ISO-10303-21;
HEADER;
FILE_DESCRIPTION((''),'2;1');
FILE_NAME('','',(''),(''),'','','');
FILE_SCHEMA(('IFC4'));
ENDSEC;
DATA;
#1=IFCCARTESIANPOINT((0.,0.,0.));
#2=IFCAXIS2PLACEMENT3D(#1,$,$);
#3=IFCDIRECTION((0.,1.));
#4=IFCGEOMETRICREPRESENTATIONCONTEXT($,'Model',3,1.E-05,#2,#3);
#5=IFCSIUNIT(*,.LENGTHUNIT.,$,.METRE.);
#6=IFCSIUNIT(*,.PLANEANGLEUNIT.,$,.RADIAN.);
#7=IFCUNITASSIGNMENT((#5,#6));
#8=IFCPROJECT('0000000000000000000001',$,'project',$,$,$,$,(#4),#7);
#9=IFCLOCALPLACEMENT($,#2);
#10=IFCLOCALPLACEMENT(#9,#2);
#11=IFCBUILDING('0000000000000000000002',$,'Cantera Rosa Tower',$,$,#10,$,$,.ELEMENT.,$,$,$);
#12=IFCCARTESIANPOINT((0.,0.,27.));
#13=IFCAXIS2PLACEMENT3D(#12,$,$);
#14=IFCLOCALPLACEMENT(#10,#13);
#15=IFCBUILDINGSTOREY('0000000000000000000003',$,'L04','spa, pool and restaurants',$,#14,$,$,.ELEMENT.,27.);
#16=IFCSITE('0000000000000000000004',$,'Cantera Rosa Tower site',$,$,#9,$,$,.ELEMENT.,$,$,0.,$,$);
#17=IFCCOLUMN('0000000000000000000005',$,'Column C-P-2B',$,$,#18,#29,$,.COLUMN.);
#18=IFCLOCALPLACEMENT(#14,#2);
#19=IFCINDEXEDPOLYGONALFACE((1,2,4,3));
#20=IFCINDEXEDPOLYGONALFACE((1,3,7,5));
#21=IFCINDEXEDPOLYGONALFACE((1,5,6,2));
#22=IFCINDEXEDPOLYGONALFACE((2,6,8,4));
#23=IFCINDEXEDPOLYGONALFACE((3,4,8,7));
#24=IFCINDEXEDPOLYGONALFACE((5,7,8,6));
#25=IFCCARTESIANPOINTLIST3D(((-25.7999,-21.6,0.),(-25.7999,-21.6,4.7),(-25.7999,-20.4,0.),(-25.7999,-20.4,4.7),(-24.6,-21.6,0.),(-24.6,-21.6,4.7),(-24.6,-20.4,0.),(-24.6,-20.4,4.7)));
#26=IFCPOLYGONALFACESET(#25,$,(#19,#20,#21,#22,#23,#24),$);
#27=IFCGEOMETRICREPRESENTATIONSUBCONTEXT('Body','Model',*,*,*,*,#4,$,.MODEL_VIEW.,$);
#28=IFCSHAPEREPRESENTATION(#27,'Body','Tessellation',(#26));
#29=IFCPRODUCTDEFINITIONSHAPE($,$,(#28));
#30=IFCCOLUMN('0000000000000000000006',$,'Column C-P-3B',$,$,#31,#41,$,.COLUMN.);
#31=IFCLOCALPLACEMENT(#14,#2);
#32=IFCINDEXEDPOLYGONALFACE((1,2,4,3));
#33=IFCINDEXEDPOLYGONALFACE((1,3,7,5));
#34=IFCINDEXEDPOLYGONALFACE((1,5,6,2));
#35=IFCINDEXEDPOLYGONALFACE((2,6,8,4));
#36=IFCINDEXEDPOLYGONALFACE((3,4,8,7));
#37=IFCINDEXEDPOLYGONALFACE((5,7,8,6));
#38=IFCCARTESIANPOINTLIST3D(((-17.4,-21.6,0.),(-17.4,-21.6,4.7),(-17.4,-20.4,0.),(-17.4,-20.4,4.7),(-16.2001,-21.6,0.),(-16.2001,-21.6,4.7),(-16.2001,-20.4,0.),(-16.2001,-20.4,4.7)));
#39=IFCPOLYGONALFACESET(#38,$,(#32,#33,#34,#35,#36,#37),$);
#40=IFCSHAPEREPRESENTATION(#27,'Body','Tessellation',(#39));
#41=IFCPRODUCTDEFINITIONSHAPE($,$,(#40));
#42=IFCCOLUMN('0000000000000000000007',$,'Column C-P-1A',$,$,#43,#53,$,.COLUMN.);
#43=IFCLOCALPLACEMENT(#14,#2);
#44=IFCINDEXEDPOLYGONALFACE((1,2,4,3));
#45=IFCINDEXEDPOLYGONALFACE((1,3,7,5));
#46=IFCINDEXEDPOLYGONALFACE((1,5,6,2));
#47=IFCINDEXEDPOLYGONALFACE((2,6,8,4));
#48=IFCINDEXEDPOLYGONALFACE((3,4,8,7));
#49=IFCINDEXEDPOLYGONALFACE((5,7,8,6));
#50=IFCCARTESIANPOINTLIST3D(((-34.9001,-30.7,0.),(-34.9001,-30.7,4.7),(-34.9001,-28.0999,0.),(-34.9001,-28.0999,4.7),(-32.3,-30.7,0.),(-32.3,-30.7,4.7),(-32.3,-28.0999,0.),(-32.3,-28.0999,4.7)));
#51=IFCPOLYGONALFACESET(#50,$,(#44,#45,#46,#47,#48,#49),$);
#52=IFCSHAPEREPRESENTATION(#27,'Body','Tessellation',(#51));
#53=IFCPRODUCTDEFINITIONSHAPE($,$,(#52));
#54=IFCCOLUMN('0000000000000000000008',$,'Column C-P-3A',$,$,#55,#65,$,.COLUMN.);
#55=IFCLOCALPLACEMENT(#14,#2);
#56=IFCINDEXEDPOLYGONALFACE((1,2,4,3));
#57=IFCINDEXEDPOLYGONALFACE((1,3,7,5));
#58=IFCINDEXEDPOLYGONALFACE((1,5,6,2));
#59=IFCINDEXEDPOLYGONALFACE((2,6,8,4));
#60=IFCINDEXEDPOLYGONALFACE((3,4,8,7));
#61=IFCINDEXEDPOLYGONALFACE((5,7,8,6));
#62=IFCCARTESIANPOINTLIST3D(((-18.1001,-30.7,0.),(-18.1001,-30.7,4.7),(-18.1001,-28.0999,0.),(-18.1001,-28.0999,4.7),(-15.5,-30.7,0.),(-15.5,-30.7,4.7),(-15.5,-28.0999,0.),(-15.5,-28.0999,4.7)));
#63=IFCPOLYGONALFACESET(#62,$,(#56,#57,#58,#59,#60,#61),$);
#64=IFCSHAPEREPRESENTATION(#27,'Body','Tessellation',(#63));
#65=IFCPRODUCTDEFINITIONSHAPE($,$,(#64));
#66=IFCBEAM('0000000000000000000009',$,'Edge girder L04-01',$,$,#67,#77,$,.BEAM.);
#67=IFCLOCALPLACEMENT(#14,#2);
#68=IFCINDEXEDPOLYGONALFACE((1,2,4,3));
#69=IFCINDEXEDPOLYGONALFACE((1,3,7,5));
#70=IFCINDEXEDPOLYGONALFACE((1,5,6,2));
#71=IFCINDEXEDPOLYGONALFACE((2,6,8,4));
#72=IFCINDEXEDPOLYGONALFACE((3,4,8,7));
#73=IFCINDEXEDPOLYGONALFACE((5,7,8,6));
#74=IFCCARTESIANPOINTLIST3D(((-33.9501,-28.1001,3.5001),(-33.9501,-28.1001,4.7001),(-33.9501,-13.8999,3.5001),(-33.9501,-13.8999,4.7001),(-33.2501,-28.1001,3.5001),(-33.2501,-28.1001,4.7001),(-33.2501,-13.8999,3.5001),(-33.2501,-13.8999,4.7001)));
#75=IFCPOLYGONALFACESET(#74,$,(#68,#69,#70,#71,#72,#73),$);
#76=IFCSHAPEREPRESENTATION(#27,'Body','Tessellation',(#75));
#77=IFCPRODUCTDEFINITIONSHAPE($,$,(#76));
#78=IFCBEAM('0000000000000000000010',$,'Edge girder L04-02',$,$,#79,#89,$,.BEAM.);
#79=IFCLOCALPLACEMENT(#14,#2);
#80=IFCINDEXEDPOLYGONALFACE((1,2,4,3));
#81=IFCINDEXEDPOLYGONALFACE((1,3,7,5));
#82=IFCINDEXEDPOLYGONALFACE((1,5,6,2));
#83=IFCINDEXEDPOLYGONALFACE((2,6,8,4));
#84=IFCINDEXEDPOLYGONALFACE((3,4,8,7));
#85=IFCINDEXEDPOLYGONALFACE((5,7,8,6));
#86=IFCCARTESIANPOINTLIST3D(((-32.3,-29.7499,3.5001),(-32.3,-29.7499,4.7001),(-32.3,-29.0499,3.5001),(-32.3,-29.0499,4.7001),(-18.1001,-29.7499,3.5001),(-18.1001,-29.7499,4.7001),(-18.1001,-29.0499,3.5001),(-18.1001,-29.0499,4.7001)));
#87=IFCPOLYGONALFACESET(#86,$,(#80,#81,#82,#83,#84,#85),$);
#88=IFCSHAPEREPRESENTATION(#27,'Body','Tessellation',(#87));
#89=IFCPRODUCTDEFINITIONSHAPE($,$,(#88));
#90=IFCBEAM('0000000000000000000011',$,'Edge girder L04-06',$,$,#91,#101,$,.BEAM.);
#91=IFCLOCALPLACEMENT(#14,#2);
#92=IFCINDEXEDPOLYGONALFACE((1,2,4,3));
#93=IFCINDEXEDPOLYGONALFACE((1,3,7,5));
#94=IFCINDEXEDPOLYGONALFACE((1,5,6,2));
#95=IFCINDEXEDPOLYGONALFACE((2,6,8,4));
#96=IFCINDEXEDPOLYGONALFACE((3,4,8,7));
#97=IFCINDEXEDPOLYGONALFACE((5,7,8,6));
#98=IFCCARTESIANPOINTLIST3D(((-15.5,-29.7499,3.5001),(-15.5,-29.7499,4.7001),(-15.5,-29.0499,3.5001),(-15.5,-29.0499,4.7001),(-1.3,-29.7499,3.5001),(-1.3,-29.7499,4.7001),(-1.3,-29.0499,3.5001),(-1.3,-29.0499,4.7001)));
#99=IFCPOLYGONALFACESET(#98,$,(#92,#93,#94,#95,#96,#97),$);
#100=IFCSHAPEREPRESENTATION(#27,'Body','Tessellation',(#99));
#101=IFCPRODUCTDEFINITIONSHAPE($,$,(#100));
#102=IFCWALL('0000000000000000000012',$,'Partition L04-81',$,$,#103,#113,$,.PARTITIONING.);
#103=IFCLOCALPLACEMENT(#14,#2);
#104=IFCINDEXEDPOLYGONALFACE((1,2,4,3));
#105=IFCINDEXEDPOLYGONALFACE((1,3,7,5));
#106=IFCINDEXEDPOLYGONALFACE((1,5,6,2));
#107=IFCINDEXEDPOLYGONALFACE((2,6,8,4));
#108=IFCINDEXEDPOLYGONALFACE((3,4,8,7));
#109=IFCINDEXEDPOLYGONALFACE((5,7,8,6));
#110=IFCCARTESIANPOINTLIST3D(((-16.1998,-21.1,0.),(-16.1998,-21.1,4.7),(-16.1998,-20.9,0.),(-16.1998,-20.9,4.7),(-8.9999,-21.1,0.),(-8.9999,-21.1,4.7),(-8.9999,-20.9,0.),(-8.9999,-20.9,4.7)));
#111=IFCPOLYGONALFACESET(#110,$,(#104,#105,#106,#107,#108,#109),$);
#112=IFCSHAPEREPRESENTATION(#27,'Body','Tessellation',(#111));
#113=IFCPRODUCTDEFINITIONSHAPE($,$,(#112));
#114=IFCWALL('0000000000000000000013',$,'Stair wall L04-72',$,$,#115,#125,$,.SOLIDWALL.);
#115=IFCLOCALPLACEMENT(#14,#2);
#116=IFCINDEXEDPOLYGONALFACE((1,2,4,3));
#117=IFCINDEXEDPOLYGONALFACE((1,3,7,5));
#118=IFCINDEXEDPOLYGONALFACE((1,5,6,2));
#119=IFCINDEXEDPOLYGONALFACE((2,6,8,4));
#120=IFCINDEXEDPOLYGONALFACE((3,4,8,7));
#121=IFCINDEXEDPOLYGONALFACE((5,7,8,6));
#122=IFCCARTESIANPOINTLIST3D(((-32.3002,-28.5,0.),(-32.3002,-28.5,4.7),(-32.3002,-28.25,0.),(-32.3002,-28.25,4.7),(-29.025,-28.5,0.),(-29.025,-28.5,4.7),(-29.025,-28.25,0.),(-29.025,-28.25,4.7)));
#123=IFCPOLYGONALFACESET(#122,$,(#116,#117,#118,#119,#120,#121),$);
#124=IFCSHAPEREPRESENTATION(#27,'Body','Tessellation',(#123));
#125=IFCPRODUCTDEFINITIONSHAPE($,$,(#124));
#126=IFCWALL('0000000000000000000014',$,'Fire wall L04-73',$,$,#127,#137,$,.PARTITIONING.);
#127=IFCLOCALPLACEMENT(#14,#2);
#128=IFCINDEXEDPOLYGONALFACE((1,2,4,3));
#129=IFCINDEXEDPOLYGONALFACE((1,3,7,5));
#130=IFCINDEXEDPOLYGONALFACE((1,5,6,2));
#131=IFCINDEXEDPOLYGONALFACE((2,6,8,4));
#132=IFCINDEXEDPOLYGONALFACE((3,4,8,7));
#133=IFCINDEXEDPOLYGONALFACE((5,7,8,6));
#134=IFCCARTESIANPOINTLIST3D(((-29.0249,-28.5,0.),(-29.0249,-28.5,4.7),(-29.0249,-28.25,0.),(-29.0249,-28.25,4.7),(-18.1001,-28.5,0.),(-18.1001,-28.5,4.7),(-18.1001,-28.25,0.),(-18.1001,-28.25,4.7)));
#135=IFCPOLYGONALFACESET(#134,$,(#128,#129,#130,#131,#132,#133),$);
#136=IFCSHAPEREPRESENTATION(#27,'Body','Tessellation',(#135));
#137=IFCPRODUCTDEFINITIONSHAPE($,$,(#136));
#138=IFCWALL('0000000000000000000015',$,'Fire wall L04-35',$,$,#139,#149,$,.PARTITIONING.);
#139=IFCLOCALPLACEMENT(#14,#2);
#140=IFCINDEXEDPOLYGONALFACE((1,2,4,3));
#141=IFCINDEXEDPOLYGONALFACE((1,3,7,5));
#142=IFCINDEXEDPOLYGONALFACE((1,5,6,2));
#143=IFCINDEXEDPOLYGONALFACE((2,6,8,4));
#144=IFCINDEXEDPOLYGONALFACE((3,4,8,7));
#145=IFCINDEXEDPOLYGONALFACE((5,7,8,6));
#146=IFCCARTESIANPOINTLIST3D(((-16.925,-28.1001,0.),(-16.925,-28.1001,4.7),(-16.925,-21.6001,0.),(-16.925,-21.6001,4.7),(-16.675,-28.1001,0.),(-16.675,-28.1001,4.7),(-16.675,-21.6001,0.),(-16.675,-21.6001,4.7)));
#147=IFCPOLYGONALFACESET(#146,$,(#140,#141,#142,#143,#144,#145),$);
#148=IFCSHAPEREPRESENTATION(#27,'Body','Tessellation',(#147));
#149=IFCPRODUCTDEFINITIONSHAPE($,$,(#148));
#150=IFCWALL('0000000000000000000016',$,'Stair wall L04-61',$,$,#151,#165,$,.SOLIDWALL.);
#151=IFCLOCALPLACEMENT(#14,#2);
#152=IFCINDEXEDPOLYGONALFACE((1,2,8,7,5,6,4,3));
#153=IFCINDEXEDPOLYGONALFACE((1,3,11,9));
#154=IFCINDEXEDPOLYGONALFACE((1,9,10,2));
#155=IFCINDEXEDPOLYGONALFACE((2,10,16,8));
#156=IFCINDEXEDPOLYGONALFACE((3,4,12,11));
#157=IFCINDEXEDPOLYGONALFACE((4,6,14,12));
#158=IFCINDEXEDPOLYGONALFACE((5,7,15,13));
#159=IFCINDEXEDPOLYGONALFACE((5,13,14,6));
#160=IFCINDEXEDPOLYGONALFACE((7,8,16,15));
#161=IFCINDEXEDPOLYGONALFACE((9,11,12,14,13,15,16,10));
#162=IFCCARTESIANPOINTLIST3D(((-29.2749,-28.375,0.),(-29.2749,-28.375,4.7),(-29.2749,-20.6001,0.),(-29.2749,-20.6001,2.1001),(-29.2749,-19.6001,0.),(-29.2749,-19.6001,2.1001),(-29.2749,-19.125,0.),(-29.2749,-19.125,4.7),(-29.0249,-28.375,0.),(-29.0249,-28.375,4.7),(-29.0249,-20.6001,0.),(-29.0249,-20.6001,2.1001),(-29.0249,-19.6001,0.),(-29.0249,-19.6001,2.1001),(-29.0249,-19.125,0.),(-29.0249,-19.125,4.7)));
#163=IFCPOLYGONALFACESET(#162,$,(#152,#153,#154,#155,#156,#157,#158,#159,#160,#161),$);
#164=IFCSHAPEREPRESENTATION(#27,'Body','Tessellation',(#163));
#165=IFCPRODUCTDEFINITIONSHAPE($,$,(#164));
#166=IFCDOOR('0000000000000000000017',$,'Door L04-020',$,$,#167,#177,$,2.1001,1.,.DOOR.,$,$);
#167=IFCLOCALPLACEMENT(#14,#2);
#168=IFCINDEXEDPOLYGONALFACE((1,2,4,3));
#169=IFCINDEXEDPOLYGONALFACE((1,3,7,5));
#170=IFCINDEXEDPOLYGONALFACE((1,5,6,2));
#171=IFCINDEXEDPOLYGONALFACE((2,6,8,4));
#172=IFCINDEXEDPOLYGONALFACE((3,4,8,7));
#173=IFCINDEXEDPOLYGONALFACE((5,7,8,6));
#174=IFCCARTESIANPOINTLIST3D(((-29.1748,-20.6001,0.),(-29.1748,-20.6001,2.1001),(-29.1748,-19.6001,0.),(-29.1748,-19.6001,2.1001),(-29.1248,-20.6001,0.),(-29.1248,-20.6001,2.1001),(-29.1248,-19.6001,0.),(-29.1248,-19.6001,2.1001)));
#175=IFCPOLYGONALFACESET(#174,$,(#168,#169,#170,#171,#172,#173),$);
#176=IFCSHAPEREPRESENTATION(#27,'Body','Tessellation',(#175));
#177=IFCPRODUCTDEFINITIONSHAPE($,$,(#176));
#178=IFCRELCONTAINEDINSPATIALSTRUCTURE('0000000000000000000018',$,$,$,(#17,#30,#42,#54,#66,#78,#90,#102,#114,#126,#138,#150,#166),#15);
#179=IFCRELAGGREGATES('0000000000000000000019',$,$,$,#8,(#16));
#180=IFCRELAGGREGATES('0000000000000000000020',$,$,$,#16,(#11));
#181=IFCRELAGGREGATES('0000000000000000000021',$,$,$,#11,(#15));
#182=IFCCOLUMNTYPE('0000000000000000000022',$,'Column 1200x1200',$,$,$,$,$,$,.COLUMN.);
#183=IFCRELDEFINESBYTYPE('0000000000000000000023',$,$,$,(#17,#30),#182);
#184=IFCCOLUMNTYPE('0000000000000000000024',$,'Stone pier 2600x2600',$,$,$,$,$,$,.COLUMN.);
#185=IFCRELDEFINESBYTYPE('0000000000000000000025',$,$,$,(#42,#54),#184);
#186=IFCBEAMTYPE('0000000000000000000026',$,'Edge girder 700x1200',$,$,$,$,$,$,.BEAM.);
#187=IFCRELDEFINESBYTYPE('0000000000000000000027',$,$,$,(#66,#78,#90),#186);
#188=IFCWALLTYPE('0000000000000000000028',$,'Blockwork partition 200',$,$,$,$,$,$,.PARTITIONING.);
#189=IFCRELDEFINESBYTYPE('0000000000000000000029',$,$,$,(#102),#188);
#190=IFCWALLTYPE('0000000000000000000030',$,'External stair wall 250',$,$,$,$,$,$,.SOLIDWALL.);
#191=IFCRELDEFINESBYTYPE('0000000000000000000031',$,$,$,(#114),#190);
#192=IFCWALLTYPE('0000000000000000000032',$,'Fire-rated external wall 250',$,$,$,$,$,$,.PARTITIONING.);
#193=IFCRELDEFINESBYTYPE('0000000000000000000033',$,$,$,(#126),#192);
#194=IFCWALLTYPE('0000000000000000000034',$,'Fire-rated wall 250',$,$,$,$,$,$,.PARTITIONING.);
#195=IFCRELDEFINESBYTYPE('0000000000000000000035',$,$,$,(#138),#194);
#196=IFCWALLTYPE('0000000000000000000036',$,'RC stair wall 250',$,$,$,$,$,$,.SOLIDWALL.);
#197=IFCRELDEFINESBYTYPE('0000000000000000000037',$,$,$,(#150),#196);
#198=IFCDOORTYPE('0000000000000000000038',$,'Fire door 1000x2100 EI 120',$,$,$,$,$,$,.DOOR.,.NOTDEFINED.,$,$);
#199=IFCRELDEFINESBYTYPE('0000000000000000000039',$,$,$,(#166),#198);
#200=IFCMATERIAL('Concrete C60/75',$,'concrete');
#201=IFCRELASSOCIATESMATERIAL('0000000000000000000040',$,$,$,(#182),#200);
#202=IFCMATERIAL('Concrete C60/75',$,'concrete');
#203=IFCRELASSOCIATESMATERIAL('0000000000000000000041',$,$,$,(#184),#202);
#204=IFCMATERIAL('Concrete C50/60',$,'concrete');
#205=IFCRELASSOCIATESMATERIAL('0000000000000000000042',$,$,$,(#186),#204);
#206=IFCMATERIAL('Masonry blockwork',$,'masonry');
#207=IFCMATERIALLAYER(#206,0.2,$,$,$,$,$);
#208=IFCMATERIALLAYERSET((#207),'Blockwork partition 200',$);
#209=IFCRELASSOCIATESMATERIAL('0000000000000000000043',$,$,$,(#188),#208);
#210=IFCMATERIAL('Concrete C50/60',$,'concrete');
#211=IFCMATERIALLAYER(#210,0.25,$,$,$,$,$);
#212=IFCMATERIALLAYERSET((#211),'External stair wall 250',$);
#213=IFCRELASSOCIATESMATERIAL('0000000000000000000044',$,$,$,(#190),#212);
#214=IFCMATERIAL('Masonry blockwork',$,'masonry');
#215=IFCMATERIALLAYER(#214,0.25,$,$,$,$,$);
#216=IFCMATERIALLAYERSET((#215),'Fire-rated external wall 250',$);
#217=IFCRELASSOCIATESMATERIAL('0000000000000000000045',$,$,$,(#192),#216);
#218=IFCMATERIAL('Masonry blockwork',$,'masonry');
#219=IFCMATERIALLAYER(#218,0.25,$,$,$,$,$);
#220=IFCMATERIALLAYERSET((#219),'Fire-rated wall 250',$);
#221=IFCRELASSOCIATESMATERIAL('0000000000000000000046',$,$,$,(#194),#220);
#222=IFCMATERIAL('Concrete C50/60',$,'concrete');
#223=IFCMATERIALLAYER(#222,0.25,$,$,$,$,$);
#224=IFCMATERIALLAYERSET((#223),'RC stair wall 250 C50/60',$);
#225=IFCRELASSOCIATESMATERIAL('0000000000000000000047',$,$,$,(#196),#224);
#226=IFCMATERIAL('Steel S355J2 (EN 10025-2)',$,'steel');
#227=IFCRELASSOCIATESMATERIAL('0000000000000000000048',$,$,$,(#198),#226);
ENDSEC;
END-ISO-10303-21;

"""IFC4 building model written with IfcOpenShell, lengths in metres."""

from ifc_helpers import new_model, si_unit, direction, frame, frame_2d, origin, origin_2d, place, context, subcontext, project, spatial, rectangle, extrude, material, layer, layer_set, material_profile, profile_set, type_object, element, fill, save


model = new_model("IFC4")

# Units and contexts
model_context = context("Model", 3, precision=1e-05, world=origin(), true_north=direction((0.0, 1.0)))
body_context = subcontext(model_context, "Body", "Model", "MODEL_VIEW")
ifc_project = project(units=[si_unit("LENGTHUNIT", "METRE"), si_unit("PLANEANGLEUNIT", "RADIAN")], contexts=[model_context])

# Site, building, storey
site_placement = place(None, origin())
site = spatial("IfcSite", under=ifc_project, at=site_placement, Name="Cantera Rosa Tower site", CompositionType="ELEMENT", RefElevation=0.0)
building_placement = place(site_placement, origin())
building = spatial("IfcBuilding", under=site, at=building_placement, Name="Cantera Rosa Tower", CompositionType="ELEMENT")
storey_placement = place(building_placement, frame((0.0, 0.0, 27.0)))
storey = spatial("IfcBuildingStorey", under=building, at=storey_placement, Name="L04", Description="spa, pool and restaurants", CompositionType="ELEMENT", Elevation=27.0)

# Columns
ifc_material_1 = material(Name="Concrete C60/75", Category="concrete")
ifc_material_profile_1 = material_profile(ifc_material_1, rectangle(XDim=1.2, YDim=1.2, at=origin_2d()), Name="Column 1200x1200")
ifc_profile_set_1 = profile_set([ifc_material_profile_1], Name="Concrete C60/75")
column_type_1 = type_object("IfcColumnType", Name="Column 1200x1200", PredefinedType="COLUMN", material=ifc_profile_set_1)
for number, where, z_axis, x_axis, name in (
    (1, (-25.2, -21.0, 0.0), (0.0, 0.0, 1.0), (1.0, 0.0, 0.0), "Column C-P-2B"),
    (2, (-16.8, -21.0, 0.0), (0.0, 0.0, 1.0), (1.0, 0.0, 0.0), "Column C-P-3B"),
):
    element("IfcColumn", number, at=place(storey_placement, frame(where, z_axis=z_axis, x_axis=x_axis)), inside=storey, type_object=column_type_1, Name=name, PredefinedType="COLUMN", context=body_context, shape_type="SweptSolid", body=[
        extrude(rectangle(XDim=1.2, YDim=1.2, at=origin_2d()), origin(), (0.0, 0.0, 1.0), 4.7),
    ])
ifc_material_2 = material(Name="Concrete C60/75", Category="concrete")
ifc_material_profile_2 = material_profile(ifc_material_2, rectangle(XDim=2.6001, YDim=2.6001, at=origin_2d()), Name="Stone pier 2600x2600")
ifc_profile_set_2 = profile_set([ifc_material_profile_2], Name="Concrete C60/75")
column_type_2 = type_object("IfcColumnType", Name="Stone pier 2600x2600", PredefinedType="COLUMN", material=ifc_profile_set_2)
for number, where, z_axis, x_axis, name in (
    (3, (-33.6001, -29.3999, 0.0), (0.0, 0.0, 1.0), (1.0, 0.0, 0.0), "Column C-P-1A"),
    (4, (-16.8, -29.3999, 0.0), (0.0, 0.0, 1.0), (1.0, 0.0, 0.0), "Column C-P-3A"),
):
    element("IfcColumn", number, at=place(storey_placement, frame(where, z_axis=z_axis, x_axis=x_axis)), inside=storey, type_object=column_type_2, Name=name, PredefinedType="COLUMN", context=body_context, shape_type="SweptSolid", body=[
        extrude(rectangle(XDim=2.6001, YDim=2.6001, at=origin_2d()), origin(), (0.0, 0.0, 1.0), 4.7),
    ])

# Beams
ifc_material_3 = material(Name="Concrete C50/60", Category="concrete")
ifc_material_profile_3 = material_profile(ifc_material_3, rectangle(XDim=0.7, YDim=1.2, at=origin_2d()), Name="Edge girder 700x1200")
ifc_profile_set_3 = profile_set([ifc_material_profile_3], Name="Concrete C50/60")
beam_type = type_object("IfcBeamType", Name="Edge girder 700x1200", PredefinedType="BEAM", material=ifc_profile_set_3)
beam_placement = place(storey_placement, frame((-33.6001, -28.1001, 4.1001), z_axis=(0.0, 1.0, 0.0), x_axis=(-1.0, 0.0, 0.0)))
element("IfcBeam", 5, at=beam_placement, inside=storey, type_object=beam_type, Name="Edge girder L04-01", PredefinedType="BEAM", context=body_context, shape_type="SweptSolid", body=[
    extrude(rectangle(XDim=0.7, YDim=1.2, at=origin_2d()), origin(), (0.0, 0.0, 1.0), 14.2002),
])
for number, where, z_axis, x_axis, name in (
    (6, (-32.3, -29.3999, 4.1001), (1.0, 0.0, 0.0), (0.0, 1.0, 0.0), "Edge girder L04-02"),
    (7, (-15.5, -29.3999, 4.1001), (1.0, 0.0, 0.0), (0.0, 1.0, 0.0), "Edge girder L04-06"),
):
    element("IfcBeam", number, at=place(storey_placement, frame(where, z_axis=z_axis, x_axis=x_axis)), inside=storey, type_object=beam_type, Name=name, PredefinedType="BEAM", context=body_context, shape_type="SweptSolid", body=[
        extrude(rectangle(XDim=0.7, YDim=1.2, at=origin_2d()), origin(), (0.0, 0.0, 1.0), 14.2),
    ])

# Walls
ifc_material_4 = material(Name="Masonry blockwork", Category="masonry")
ifc_layer_1 = layer(ifc_material_4, 0.2)
ifc_layer_set_1 = layer_set([ifc_layer_1], Name="Blockwork partition 200")
wall_type_1 = type_object("IfcWallType", Name="Blockwork partition 200", PredefinedType="PARTITIONING", material=ifc_layer_set_1)
wall_1_placement = place(storey_placement, frame((-16.2, -21.0, 0.0), z_axis=(0.0, 0.0, 1.0), x_axis=(1.0, 0.0, 0.0)))
element("IfcWall", 8, at=wall_1_placement, inside=storey, type_object=wall_type_1, Name="Partition L04-81", PredefinedType="PARTITIONING", context=body_context, shape_type="SweptSolid", body=[
    extrude(rectangle(XDim=7.2, YDim=0.2, at=frame_2d((3.6001, 0.0))), origin(), (0.0, 0.0, 1.0), 4.7),
])
ifc_material_5 = material(Name="Concrete C50/60", Category="concrete")
ifc_layer_2 = layer(ifc_material_5, 0.25)
ifc_layer_set_2 = layer_set([ifc_layer_2], Name="External stair wall 250")
wall_type_2 = type_object("IfcWallType", Name="External stair wall 250", PredefinedType="SOLIDWALL", material=ifc_layer_set_2)
wall_2_placement = place(storey_placement, frame((-29.0249, -28.375, 0.0), z_axis=(0.0, 0.0, 1.0), x_axis=(-1.0, 0.0, 0.0)))
element("IfcWall", 9, at=wall_2_placement, inside=storey, type_object=wall_type_2, Name="Stair wall L04-72", PredefinedType="SOLIDWALL", context=body_context, shape_type="SweptSolid", body=[
    extrude(rectangle(XDim=3.2751, YDim=0.25, at=frame_2d((1.6377, 0.0))), origin(), (0.0, 0.0, 1.0), 4.7),
])
ifc_material_6 = material(Name="Masonry blockwork", Category="masonry")
ifc_layer_3 = layer(ifc_material_6, 0.25)
ifc_layer_set_3 = layer_set([ifc_layer_3], Name="Fire-rated external wall 250")
wall_type_3 = type_object("IfcWallType", Name="Fire-rated external wall 250", PredefinedType="PARTITIONING", material=ifc_layer_set_3)
wall_3_placement = place(storey_placement, frame((-29.0249, -28.375, 0.0), z_axis=(0.0, 0.0, 1.0), x_axis=(1.0, 0.0, 0.0)))
element("IfcWall", 10, at=wall_3_placement, inside=storey, type_object=wall_type_3, Name="Fire wall L04-73", PredefinedType="PARTITIONING", context=body_context, shape_type="SweptSolid", body=[
    extrude(rectangle(XDim=10.9248, YDim=0.25, at=frame_2d((5.4624, 0.0))), origin(), (0.0, 0.0, 1.0), 4.7),
])
ifc_material_7 = material(Name="Masonry blockwork", Category="masonry")
ifc_layer_4 = layer(ifc_material_7, 0.25)
ifc_layer_set_4 = layer_set([ifc_layer_4], Name="Fire-rated wall 250")
wall_type_4 = type_object("IfcWallType", Name="Fire-rated wall 250", PredefinedType="PARTITIONING", material=ifc_layer_set_4)
wall_4_placement = place(storey_placement, frame((-16.8, -28.1001, 0.0), z_axis=(0.0, 0.0, 1.0), x_axis=(0.0, 1.0, 0.0)))
element("IfcWall", 11, at=wall_4_placement, inside=storey, type_object=wall_type_4, Name="Fire wall L04-35", PredefinedType="PARTITIONING", context=body_context, shape_type="SweptSolid", body=[
    extrude(rectangle(XDim=6.5, YDim=0.25, at=frame_2d((3.25, 0.0))), origin(), (0.0, 0.0, 1.0), 4.7),
])

# Wall, opening, door
ifc_material_8 = material(Name="Concrete C50/60", Category="concrete")
ifc_layer_5 = layer(ifc_material_8, 0.25)
ifc_layer_set_5 = layer_set([ifc_layer_5], Name="RC stair wall 250 C50/60")
wall_type_5 = type_object("IfcWallType", Name="RC stair wall 250", PredefinedType="SOLIDWALL", material=ifc_layer_set_5)
wall_5_placement = place(storey_placement, frame((-29.1499, -28.375, 0.0), z_axis=(0.0, 0.0, 1.0), x_axis=(0.0, 1.0, 0.0)))
wall_5 = element("IfcWall", 12, at=wall_5_placement, inside=storey, type_object=wall_type_5, Name="Stair wall L04-61", PredefinedType="SOLIDWALL", context=body_context, shape_type="SweptSolid", body=[
    extrude(rectangle(XDim=9.25, YDim=0.25, at=frame_2d((4.625, 0.0))), origin(), (0.0, 0.0, 1.0), 4.7),
])
opening_1_placement = place(wall_5_placement, frame((7.7749, 0.0, 0.0)))
opening_1 = element("IfcOpeningElement", 13, at=opening_1_placement, cuts=wall_5, PredefinedType="OPENING", context=body_context, shape_type="SweptSolid", body=[
    extrude(rectangle(XDim=1.0, YDim=2.1001, at=frame_2d((0.5, 1.05))), frame((0.0, 0.135, 0.0), z_axis=(0.0, -1.0, 0.0), x_axis=(1.0, 0.0, 0.0)), (0.0, 0.0, 1.0), 0.27),
])
ifc_material_9 = material(Name="Steel S355J2 (EN 10025-2)", Category="steel")
door_type = type_object("IfcDoorType", Name="Fire door 1000x2100 EI 120", OperationType="NOTDEFINED", PredefinedType="DOOR", material=ifc_material_9)
door_placement = place(opening_1_placement, origin())
door = element("IfcDoor", 14, at=door_placement, inside=storey, type_object=door_type, Name="Door L04-020", OverallHeight=2.1001, OverallWidth=1.0, PredefinedType="DOOR", context=body_context, shape_type="SweptSolid", body=[
    extrude(rectangle(XDim=1.0, YDim=2.1001, at=frame_2d((0.5, 1.05))), frame((0.0, 0.0249, 0.0), z_axis=(0.0, -1.0, 0.0), x_axis=(1.0, 0.0, 0.0)), (0.0, 0.0, 1.0), 0.05),
])
fill(opening_1, door)

save(model, "model.ifc")
